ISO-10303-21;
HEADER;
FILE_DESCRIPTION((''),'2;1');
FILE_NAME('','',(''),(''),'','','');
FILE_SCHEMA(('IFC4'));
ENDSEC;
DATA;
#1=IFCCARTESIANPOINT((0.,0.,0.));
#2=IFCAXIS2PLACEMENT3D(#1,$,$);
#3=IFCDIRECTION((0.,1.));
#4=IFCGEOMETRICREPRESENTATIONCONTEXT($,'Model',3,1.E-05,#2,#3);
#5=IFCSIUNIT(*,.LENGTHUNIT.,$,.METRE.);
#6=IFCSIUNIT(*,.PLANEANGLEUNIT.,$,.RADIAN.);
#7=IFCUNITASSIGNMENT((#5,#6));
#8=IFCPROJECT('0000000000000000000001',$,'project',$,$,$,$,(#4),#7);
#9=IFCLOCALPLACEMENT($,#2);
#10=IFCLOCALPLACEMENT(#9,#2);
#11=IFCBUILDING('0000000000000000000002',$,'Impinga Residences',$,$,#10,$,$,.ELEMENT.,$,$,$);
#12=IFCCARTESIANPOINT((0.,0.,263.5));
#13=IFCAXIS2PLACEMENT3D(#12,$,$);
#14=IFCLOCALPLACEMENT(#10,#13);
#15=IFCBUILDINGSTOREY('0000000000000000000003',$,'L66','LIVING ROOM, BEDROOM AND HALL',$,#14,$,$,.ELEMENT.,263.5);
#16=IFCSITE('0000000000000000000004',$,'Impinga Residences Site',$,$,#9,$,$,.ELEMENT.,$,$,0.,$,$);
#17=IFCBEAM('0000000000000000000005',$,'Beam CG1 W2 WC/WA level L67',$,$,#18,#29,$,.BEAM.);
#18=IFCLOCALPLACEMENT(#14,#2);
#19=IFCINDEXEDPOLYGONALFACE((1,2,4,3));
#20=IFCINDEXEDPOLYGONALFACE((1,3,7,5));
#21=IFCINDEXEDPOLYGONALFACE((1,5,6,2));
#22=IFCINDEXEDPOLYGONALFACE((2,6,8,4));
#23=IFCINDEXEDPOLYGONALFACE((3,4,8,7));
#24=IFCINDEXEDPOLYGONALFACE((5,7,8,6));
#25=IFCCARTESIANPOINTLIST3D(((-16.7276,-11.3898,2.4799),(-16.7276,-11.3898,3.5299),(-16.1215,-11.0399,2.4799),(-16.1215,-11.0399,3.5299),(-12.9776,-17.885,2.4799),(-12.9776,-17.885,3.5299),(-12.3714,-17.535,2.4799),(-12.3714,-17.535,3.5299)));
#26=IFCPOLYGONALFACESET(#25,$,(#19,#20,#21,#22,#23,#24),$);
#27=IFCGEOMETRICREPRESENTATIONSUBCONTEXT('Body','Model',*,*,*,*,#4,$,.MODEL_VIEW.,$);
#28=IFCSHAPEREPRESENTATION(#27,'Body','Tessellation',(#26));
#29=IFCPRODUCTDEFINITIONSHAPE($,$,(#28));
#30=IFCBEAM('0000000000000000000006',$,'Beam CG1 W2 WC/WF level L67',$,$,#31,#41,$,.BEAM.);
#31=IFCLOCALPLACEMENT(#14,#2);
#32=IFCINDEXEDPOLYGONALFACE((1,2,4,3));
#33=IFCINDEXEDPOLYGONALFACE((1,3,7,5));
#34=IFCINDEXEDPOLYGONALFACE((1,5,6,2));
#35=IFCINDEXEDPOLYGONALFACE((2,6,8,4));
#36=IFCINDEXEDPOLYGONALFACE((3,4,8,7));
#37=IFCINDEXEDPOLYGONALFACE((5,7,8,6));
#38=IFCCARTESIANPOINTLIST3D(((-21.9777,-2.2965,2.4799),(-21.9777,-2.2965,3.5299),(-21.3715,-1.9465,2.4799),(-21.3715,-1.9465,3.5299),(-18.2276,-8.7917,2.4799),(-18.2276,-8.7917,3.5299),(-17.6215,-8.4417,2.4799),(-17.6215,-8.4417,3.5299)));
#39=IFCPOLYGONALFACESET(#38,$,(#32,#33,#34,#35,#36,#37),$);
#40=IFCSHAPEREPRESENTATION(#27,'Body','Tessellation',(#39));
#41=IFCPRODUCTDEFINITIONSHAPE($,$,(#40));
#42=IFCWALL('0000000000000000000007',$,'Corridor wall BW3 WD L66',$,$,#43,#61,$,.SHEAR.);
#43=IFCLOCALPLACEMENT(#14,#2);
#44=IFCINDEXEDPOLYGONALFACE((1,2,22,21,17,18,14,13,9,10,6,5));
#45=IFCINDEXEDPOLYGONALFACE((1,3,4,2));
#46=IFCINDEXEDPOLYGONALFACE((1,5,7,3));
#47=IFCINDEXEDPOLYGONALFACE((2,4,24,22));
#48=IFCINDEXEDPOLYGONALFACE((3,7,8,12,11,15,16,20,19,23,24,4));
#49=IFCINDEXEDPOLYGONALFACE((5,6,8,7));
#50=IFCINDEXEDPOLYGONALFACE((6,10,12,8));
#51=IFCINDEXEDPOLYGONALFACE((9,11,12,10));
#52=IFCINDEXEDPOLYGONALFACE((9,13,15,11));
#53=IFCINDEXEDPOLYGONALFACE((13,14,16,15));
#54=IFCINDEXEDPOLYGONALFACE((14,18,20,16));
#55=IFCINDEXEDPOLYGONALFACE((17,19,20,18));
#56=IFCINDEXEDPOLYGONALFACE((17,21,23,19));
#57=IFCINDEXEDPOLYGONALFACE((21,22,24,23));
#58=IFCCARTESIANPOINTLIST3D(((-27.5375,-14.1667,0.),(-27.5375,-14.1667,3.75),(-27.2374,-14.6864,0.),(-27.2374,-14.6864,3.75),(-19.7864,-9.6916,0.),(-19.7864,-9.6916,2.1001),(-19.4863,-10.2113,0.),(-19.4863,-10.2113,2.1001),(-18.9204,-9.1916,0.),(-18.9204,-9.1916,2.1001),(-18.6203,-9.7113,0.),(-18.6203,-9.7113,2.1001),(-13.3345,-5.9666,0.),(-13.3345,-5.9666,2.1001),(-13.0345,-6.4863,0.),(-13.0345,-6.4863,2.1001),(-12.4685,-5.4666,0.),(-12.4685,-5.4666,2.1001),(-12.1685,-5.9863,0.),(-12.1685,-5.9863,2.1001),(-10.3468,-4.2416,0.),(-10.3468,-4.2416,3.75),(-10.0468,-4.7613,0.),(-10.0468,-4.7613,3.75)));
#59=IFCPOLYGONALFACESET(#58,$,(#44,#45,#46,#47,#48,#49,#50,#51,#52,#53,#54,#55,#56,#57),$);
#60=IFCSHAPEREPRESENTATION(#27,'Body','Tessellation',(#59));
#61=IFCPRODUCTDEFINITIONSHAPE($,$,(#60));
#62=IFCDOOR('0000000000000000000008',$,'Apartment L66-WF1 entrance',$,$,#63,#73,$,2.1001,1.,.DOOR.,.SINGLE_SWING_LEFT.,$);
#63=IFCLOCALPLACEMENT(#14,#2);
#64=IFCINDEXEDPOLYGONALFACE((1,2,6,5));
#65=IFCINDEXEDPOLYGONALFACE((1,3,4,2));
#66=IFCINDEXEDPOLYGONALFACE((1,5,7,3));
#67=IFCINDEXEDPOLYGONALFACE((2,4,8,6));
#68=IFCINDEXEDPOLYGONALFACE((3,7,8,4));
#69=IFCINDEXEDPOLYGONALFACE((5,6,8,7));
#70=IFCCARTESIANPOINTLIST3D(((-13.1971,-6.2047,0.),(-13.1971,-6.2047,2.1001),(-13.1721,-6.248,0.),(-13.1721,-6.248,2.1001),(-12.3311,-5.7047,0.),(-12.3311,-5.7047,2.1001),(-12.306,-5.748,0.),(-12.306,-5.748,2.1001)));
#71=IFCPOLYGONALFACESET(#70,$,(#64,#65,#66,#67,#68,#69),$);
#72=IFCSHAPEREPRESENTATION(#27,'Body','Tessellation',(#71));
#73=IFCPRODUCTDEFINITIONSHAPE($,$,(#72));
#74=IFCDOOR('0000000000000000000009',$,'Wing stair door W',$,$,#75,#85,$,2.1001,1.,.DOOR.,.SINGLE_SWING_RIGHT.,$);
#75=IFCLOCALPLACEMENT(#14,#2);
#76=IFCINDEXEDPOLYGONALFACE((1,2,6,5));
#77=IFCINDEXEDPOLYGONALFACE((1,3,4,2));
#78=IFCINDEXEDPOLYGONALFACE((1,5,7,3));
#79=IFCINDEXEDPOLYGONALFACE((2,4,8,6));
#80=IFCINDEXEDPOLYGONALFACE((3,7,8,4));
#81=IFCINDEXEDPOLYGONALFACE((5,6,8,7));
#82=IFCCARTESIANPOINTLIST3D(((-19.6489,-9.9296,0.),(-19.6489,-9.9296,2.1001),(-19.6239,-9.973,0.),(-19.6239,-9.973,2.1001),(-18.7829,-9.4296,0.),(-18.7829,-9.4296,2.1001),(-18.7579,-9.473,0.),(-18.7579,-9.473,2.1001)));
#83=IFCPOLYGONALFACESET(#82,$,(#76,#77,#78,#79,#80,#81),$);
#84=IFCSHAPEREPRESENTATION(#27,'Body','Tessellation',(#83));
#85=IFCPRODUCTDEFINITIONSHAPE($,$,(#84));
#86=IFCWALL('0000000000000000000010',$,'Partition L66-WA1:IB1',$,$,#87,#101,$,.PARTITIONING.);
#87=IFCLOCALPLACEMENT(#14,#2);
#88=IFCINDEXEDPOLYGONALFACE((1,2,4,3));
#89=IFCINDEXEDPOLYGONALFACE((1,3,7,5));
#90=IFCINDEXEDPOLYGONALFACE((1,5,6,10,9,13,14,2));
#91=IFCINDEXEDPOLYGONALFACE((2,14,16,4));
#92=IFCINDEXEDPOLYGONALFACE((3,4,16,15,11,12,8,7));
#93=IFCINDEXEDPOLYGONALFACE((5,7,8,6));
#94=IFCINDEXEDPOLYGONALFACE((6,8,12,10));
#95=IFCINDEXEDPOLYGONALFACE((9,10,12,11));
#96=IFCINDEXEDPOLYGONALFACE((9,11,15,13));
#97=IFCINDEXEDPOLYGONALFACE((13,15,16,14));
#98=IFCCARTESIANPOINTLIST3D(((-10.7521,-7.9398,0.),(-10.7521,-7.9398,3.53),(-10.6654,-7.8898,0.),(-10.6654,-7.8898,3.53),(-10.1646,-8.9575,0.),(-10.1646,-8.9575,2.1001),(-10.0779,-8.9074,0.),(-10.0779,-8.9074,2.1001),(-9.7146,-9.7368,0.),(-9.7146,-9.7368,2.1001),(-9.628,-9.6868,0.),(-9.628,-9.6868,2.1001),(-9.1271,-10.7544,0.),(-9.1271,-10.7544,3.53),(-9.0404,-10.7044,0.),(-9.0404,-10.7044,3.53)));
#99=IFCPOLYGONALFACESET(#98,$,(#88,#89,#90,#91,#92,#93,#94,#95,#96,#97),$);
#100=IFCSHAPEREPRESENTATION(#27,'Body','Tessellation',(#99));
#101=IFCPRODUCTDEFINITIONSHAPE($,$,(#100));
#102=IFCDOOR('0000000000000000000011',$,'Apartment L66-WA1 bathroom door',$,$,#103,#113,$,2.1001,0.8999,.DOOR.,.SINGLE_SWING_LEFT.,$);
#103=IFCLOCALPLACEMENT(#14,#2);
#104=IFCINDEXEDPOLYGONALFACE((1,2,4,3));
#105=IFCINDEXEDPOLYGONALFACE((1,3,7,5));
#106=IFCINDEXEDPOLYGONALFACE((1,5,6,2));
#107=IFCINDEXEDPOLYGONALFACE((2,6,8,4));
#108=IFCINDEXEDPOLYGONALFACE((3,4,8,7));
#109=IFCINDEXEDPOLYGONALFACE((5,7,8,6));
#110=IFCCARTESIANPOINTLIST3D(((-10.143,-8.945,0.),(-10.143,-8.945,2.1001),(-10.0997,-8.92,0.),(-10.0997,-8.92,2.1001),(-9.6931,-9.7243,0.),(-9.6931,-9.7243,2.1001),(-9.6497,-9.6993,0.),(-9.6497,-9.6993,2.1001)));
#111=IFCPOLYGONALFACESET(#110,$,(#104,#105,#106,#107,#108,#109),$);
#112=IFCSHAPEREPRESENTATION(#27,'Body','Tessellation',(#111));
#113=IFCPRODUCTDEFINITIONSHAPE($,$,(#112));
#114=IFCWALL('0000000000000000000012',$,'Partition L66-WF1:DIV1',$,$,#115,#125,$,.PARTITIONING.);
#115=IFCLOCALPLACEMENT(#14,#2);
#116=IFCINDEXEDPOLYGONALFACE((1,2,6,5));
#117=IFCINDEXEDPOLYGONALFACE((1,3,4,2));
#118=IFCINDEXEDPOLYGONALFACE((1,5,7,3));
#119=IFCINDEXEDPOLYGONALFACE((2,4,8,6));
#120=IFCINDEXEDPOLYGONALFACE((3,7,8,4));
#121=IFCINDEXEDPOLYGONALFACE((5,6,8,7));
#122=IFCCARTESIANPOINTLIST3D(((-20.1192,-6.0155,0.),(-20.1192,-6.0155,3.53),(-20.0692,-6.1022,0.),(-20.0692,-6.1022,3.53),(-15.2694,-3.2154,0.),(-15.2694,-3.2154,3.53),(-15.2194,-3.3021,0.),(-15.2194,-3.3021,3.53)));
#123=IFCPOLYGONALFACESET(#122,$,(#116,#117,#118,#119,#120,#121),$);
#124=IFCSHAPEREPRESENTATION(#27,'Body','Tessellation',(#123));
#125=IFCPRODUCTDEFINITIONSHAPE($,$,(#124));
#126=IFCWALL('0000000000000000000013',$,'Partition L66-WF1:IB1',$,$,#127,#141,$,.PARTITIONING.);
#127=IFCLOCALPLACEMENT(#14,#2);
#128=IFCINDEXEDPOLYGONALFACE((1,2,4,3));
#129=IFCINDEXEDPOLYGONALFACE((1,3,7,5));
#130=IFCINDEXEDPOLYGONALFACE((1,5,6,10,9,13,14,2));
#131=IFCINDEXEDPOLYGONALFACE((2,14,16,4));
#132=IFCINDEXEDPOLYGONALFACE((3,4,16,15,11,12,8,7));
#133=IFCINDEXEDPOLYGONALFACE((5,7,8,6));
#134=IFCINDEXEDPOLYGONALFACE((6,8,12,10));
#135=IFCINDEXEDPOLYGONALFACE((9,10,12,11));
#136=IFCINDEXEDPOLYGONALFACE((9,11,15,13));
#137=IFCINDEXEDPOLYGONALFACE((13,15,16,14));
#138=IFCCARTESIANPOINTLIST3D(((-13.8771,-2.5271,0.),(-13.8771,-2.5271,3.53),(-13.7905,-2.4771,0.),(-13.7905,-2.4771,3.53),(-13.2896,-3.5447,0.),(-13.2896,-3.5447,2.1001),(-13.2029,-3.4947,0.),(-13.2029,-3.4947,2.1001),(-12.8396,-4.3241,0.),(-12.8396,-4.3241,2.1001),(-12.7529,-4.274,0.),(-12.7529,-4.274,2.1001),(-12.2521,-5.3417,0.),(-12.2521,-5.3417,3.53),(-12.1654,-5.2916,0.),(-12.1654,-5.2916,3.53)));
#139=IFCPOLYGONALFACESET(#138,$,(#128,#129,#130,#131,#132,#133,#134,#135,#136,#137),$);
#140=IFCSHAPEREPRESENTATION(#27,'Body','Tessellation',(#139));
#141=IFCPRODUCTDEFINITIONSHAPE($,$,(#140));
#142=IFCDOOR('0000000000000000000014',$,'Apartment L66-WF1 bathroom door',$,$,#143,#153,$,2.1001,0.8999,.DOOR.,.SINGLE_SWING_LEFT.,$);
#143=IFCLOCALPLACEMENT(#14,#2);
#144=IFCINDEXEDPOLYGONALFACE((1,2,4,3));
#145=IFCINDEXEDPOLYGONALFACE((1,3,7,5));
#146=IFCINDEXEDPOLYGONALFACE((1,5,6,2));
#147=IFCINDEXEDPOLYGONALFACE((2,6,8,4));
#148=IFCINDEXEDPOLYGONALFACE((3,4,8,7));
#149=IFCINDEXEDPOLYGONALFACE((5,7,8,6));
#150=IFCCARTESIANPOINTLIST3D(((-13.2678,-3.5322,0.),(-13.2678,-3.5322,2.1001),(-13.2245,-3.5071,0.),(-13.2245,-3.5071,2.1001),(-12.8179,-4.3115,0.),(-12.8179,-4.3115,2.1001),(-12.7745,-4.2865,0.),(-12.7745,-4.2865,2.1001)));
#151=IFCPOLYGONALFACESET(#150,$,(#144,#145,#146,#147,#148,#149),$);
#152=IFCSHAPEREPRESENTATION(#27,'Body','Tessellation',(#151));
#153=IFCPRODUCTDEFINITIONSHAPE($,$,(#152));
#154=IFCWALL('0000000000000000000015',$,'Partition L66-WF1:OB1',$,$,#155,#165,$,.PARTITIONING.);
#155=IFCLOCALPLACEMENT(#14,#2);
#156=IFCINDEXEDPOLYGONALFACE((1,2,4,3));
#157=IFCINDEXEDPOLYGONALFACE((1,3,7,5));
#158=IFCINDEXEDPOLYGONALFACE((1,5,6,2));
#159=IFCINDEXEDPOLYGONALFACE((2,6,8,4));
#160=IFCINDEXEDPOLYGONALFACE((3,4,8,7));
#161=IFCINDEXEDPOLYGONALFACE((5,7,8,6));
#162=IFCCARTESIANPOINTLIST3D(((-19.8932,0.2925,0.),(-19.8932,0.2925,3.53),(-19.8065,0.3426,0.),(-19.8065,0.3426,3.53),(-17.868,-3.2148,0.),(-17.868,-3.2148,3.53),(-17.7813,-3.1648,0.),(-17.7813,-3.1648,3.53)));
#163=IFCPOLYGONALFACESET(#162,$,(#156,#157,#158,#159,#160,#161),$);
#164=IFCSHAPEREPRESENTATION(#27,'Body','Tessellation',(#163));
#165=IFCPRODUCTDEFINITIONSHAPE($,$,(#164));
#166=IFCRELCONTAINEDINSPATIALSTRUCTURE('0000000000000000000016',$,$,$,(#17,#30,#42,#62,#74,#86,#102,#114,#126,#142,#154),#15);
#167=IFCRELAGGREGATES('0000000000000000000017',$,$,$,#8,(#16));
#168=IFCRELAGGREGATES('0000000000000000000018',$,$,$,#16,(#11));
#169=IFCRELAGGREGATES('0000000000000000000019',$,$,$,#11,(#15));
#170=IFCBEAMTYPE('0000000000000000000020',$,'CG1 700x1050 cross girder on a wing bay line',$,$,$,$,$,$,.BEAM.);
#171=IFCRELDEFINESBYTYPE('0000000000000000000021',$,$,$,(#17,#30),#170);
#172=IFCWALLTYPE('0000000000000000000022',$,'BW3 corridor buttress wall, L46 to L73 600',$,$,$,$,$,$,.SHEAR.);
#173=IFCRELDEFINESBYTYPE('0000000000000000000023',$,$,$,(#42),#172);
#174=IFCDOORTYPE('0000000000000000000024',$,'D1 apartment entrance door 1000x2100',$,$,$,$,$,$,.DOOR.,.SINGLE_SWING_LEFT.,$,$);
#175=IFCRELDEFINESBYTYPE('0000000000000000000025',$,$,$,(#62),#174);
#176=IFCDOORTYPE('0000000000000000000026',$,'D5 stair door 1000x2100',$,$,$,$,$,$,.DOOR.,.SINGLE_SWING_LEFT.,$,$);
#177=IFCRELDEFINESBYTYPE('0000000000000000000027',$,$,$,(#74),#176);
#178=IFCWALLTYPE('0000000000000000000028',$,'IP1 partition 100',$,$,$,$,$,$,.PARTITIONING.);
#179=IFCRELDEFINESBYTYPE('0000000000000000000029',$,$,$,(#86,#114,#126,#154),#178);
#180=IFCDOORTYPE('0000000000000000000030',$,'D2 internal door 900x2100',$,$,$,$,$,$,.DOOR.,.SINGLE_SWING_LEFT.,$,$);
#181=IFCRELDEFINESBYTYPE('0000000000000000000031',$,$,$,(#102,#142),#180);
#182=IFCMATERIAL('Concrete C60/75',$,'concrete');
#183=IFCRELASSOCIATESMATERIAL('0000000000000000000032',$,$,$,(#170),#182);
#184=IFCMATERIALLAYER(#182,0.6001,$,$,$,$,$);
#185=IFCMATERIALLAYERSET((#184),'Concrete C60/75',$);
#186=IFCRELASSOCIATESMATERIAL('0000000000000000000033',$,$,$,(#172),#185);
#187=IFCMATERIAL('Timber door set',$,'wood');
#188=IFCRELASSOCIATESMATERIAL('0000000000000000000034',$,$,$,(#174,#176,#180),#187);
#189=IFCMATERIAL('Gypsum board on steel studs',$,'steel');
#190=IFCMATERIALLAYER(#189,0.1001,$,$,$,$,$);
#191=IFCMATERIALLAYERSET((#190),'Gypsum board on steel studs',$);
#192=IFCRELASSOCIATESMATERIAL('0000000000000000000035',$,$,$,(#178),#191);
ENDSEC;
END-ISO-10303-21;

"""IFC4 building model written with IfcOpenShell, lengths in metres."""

from ifc_helpers import new_model, si_unit, direction, frame, frame_2d, origin, origin_2d, place, context, subcontext, project, spatial, rectangle, extrude, material, layer, layer_set, material_profile, profile_set, type_object, element, fill, save


model = new_model("IFC4")

# Units and contexts
model_context = context("Model", 3, precision=1e-05, world=origin(), true_north=direction((0.0, 1.0)))
body_context = subcontext(model_context, "Body", "Model", "MODEL_VIEW")
ifc_project = project(units=[si_unit("LENGTHUNIT", "METRE"), si_unit("PLANEANGLEUNIT", "RADIAN")], contexts=[model_context])

# Site, building, storey
site_placement = place(None, origin())
site = spatial("IfcSite", under=ifc_project, at=site_placement, Name="Impinga Residences Site", CompositionType="ELEMENT", RefElevation=0.0)
building_placement = place(site_placement, origin())
building = spatial("IfcBuilding", under=site, at=building_placement, Name="Impinga Residences", CompositionType="ELEMENT")
storey_placement = place(building_placement, frame((0.0, 0.0, 263.5)))
storey = spatial("IfcBuildingStorey", under=building, at=storey_placement, Name="L66", Description="LIVING ROOM, BEDROOM AND HALL", CompositionType="ELEMENT", Elevation=263.5)

# Beams
ifc_material_1 = material(Name="Concrete C60/75", Category="concrete")
ifc_material_profile = material_profile(ifc_material_1, rectangle(XDim=0.7, YDim=1.05, at=origin_2d()), Name="RC 700x1050")
ifc_profile_set = profile_set([ifc_material_profile], Name="Concrete C60/75")
beam_type = type_object("IfcBeamType", Name="CG1 700x1050 cross girder on a wing bay line", PredefinedType="BEAM", material=ifc_profile_set)
for number, where, z_axis, x_axis, name in (
    (1, (-16.4246, -11.2148, 3.0049), (0.500004, -0.866023, 0.0), (0.866023, 0.500004, 0.0), "Beam CG1 W2 WC/WA level L67"),
    (2, (-17.9246, -8.6167, 3.0049), (-0.500004, 0.866023, 0.0), (-0.866023, -0.500004, 0.0), "Beam CG1 W2 WC/WF level L67"),
):
    element("IfcBeam", number, at=place(storey_placement, frame(where, z_axis=z_axis, x_axis=x_axis)), inside=storey, type_object=beam_type, Name=name, PredefinedType="BEAM", context=body_context, shape_type="SweptSolid", body=[
        extrude(rectangle(XDim=0.7, YDim=1.05, at=origin_2d()), origin(), (0.0, 0.0, 1.0), 7.5),
    ])

# Wall, openings, doors
ifc_layer_1 = layer(ifc_material_1, 0.6001)
ifc_layer_set_1 = layer_set([ifc_layer_1], Name="Concrete C60/75")
wall_type_1 = type_object("IfcWallType", Name="BW3 corridor buttress wall, L46 to L73 600", PredefinedType="SHEAR", material=ifc_layer_set_1)
wall_1_placement = place(storey_placement, frame((-10.1968, -4.5015, 0.0), z_axis=(0.0, 0.0, 1.0), x_axis=(-0.866025, -0.5, 0.0)))
wall_1 = element("IfcWall", 3, at=wall_1_placement, inside=storey, type_object=wall_type_1, Name="Corridor wall BW3 WD L66", PredefinedType="SHEAR", context=body_context, shape_type="SweptSolid", body=[
    extrude(rectangle(XDim=19.8501, YDim=0.6001, at=frame_2d((9.925, 0.0))), origin(), (0.0, 0.0, 1.0), 3.75),
])
opening_1_placement = place(wall_1_placement, frame((9.8999, 0.0, 0.0)))
opening_1 = element("IfcOpeningElement", 4, at=opening_1_placement, cuts=wall_1, PredefinedType="OPENING", context=body_context, shape_type="SweptSolid", body=[
    extrude(rectangle(XDim=1.0, YDim=2.1001, at=frame_2d((0.5, 1.05))), frame((0.0, 0.3101, 0.0), z_axis=(0.0, -1.0, 0.0), x_axis=(1.0, 0.0, 0.0)), (0.0, 0.0, 1.0), 0.6201),
])
opening_2_placement = place(wall_1_placement, frame((2.45, 0.0, 0.0)))
opening_2 = element("IfcOpeningElement", 5, at=opening_2_placement, cuts=wall_1, PredefinedType="OPENING", context=body_context, shape_type="SweptSolid", body=[
    extrude(rectangle(XDim=1.0, YDim=2.1001, at=frame_2d((0.5, 1.05))), frame((0.0, 0.3101, 0.0), z_axis=(0.0, -1.0, 0.0), x_axis=(1.0, 0.0, 0.0)), (0.0, 0.0, 1.0), 0.6201),
])
ifc_material_2 = material(Name="Timber door set", Category="wood")
door_type_1 = type_object("IfcDoorType", Name="D1 apartment entrance door 1000x2100", OperationType="SINGLE_SWING_LEFT", PredefinedType="DOOR", material=ifc_material_2)
door_1_placement = place(opening_2_placement, origin())
door_1 = element("IfcDoor", 6, at=door_1_placement, inside=storey, type_object=door_type_1, Name="Apartment L66-WF1 entrance", OperationType="SINGLE_SWING_LEFT", OverallHeight=2.1001, OverallWidth=1.0, PredefinedType="DOOR", context=body_context, shape_type="SweptSolid", body=[
    extrude(rectangle(XDim=1.0, YDim=2.1001, at=frame_2d((0.5, 1.05))), frame((0.0, 0.0249, 0.0), z_axis=(0.0, -1.0, 0.0), x_axis=(1.0, 0.0, 0.0)), (0.0, 0.0, 1.0), 0.05),
])
fill(opening_2, door_1)
door_type_2 = type_object("IfcDoorType", Name="D5 stair door 1000x2100", OperationType="SINGLE_SWING_LEFT", PredefinedType="DOOR", material=ifc_material_2)
door_2_placement = place(opening_1_placement, origin())
door_2 = element("IfcDoor", 7, at=door_2_placement, inside=storey, type_object=door_type_2, Name="Wing stair door W", OperationType="SINGLE_SWING_RIGHT", OverallHeight=2.1001, OverallWidth=1.0, PredefinedType="DOOR", context=body_context, shape_type="SweptSolid", body=[
    extrude(rectangle(XDim=1.0, YDim=2.1001, at=frame_2d((0.5, 1.05))), frame((0.0, 0.0249, 0.0), z_axis=(0.0, -1.0, 0.0), x_axis=(1.0, 0.0, 0.0)), (0.0, 0.0, 1.0), 0.05),
])
fill(opening_1, door_2)

# Wall, opening, door
ifc_material_3 = material(Name="Gypsum board on steel studs", Category="steel")
ifc_layer_2 = layer(ifc_material_3, 0.1001)
ifc_layer_set_2 = layer_set([ifc_layer_2], Name="Gypsum board on steel studs")
wall_type_2 = type_object("IfcWallType", Name="IP1 partition 100", PredefinedType="PARTITIONING", material=ifc_layer_set_2)
wall_2_placement = place(storey_placement, frame((-10.7087, -7.9148, 0.0), z_axis=(0.0, 0.0, 1.0), x_axis=(0.499985, -0.866034, 0.0)))
wall_2 = element("IfcWall", 8, at=wall_2_placement, inside=storey, type_object=wall_type_2, Name="Partition L66-WA1:IB1", PredefinedType="PARTITIONING", context=body_context, shape_type="SweptSolid", body=[
    extrude(rectangle(XDim=3.25, YDim=0.1001, at=frame_2d((1.625, 0.0))), origin(), (0.0, 0.0, 1.0), 3.53),
])
opening_3_placement = place(wall_2_placement, frame((1.175, 0.0, 0.0)))
opening_3 = element("IfcOpeningElement", 9, at=opening_3_placement, cuts=wall_2, PredefinedType="OPENING", context=body_context, shape_type="SweptSolid", body=[
    extrude(rectangle(XDim=0.8999, YDim=2.1001, at=frame_2d((0.45, 1.05))), frame((0.0, 0.0601, 0.0), z_axis=(0.0, -1.0, 0.0), x_axis=(1.0, 0.0, 0.0)), (0.0, 0.0, 1.0), 0.1201),
])
door_type_3 = type_object("IfcDoorType", Name="D2 internal door 900x2100", OperationType="SINGLE_SWING_LEFT", PredefinedType="DOOR", material=ifc_material_2)
door_3_placement = place(opening_3_placement, origin())
door_3 = element("IfcDoor", 10, at=door_3_placement, inside=storey, type_object=door_type_3, Name="Apartment L66-WA1 bathroom door", OperationType="SINGLE_SWING_LEFT", OverallHeight=2.1001, OverallWidth=0.8999, PredefinedType="DOOR", context=body_context, shape_type="SweptSolid", body=[
    extrude(rectangle(XDim=0.8999, YDim=2.1001, at=frame_2d((0.45, 1.05))), frame((0.0, 0.0249, 0.0), z_axis=(0.0, -1.0, 0.0), x_axis=(1.0, 0.0, 0.0)), (0.0, 0.0, 1.0), 0.05),
])
fill(opening_3, door_3)

# Wall
wall_3_placement = place(storey_placement, frame((-15.2444, -3.2588, 0.0), z_axis=(0.0, 0.0, 1.0), x_axis=(-0.866027, -0.499998, 0.0)))
element("IfcWall", 11, at=wall_3_placement, inside=storey, type_object=wall_type_2, Name="Partition L66-WF1:DIV1", PredefinedType="PARTITIONING", context=body_context, shape_type="SweptSolid", body=[
    extrude(rectangle(XDim=5.6001, YDim=0.1001, at=frame_2d((2.8, 0.0))), origin(), (0.0, 0.0, 1.0), 3.53),
])

# Wall, opening, door
wall_4_placement = place(storey_placement, frame((-12.2087, -5.3167, 0.0), z_axis=(0.0, 0.0, 1.0), x_axis=(-0.500017, 0.866015, 0.0)))
wall_4 = element("IfcWall", 12, at=wall_4_placement, inside=storey, type_object=wall_type_2, Name="Partition L66-WF1:IB1", PredefinedType="PARTITIONING", context=body_context, shape_type="SweptSolid", body=[
    extrude(rectangle(XDim=3.25, YDim=0.1001, at=frame_2d((1.625, 0.0))), origin(), (0.0, 0.0, 1.0), 3.53),
])
opening_4_placement = place(wall_4_placement, frame((1.175, 0.0, 0.0)))
opening_4 = element("IfcOpeningElement", 13, at=opening_4_placement, cuts=wall_4, PredefinedType="OPENING", context=body_context, shape_type="SweptSolid", body=[
    extrude(rectangle(XDim=0.8999, YDim=2.1001, at=frame_2d((0.45, 1.05))), frame((0.0, 0.0601, 0.0), z_axis=(0.0, -1.0, 0.0), x_axis=(1.0, 0.0, 0.0)), (0.0, 0.0, 1.0), 0.1201),
])
door_4_placement = place(opening_4_placement, origin())
door_4 = element("IfcDoor", 14, at=door_4_placement, inside=storey, type_object=door_type_3, Name="Apartment L66-WF1 bathroom door", OperationType="SINGLE_SWING_LEFT", OverallHeight=2.1001, OverallWidth=0.8999, PredefinedType="DOOR", context=body_context, shape_type="SweptSolid", body=[
    extrude(rectangle(XDim=0.8999, YDim=2.1001, at=frame_2d((0.45, 1.05))), frame((0.0, 0.0249, 0.0), z_axis=(0.0, -1.0, 0.0), x_axis=(1.0, 0.0, 0.0)), (0.0, 0.0, 1.0), 0.05),
])
fill(opening_4, door_4)

# Wall
wall_5_placement = place(storey_placement, frame((-17.8247, -3.1897, 0.0), z_axis=(0.0, 0.0, 1.0), x_axis=(-0.500036, 0.866005, 0.0)))
element("IfcWall", 15, at=wall_5_placement, inside=storey, type_object=wall_type_2, Name="Partition L66-WF1:OB1", PredefinedType="PARTITIONING", context=body_context, shape_type="SweptSolid", body=[
    extrude(rectangle(XDim=4.05, YDim=0.1001, at=frame_2d((2.0249, 0.0))), origin(), (0.0, 0.0, 1.0), 3.53),
])

save(model, "model.ifc")
